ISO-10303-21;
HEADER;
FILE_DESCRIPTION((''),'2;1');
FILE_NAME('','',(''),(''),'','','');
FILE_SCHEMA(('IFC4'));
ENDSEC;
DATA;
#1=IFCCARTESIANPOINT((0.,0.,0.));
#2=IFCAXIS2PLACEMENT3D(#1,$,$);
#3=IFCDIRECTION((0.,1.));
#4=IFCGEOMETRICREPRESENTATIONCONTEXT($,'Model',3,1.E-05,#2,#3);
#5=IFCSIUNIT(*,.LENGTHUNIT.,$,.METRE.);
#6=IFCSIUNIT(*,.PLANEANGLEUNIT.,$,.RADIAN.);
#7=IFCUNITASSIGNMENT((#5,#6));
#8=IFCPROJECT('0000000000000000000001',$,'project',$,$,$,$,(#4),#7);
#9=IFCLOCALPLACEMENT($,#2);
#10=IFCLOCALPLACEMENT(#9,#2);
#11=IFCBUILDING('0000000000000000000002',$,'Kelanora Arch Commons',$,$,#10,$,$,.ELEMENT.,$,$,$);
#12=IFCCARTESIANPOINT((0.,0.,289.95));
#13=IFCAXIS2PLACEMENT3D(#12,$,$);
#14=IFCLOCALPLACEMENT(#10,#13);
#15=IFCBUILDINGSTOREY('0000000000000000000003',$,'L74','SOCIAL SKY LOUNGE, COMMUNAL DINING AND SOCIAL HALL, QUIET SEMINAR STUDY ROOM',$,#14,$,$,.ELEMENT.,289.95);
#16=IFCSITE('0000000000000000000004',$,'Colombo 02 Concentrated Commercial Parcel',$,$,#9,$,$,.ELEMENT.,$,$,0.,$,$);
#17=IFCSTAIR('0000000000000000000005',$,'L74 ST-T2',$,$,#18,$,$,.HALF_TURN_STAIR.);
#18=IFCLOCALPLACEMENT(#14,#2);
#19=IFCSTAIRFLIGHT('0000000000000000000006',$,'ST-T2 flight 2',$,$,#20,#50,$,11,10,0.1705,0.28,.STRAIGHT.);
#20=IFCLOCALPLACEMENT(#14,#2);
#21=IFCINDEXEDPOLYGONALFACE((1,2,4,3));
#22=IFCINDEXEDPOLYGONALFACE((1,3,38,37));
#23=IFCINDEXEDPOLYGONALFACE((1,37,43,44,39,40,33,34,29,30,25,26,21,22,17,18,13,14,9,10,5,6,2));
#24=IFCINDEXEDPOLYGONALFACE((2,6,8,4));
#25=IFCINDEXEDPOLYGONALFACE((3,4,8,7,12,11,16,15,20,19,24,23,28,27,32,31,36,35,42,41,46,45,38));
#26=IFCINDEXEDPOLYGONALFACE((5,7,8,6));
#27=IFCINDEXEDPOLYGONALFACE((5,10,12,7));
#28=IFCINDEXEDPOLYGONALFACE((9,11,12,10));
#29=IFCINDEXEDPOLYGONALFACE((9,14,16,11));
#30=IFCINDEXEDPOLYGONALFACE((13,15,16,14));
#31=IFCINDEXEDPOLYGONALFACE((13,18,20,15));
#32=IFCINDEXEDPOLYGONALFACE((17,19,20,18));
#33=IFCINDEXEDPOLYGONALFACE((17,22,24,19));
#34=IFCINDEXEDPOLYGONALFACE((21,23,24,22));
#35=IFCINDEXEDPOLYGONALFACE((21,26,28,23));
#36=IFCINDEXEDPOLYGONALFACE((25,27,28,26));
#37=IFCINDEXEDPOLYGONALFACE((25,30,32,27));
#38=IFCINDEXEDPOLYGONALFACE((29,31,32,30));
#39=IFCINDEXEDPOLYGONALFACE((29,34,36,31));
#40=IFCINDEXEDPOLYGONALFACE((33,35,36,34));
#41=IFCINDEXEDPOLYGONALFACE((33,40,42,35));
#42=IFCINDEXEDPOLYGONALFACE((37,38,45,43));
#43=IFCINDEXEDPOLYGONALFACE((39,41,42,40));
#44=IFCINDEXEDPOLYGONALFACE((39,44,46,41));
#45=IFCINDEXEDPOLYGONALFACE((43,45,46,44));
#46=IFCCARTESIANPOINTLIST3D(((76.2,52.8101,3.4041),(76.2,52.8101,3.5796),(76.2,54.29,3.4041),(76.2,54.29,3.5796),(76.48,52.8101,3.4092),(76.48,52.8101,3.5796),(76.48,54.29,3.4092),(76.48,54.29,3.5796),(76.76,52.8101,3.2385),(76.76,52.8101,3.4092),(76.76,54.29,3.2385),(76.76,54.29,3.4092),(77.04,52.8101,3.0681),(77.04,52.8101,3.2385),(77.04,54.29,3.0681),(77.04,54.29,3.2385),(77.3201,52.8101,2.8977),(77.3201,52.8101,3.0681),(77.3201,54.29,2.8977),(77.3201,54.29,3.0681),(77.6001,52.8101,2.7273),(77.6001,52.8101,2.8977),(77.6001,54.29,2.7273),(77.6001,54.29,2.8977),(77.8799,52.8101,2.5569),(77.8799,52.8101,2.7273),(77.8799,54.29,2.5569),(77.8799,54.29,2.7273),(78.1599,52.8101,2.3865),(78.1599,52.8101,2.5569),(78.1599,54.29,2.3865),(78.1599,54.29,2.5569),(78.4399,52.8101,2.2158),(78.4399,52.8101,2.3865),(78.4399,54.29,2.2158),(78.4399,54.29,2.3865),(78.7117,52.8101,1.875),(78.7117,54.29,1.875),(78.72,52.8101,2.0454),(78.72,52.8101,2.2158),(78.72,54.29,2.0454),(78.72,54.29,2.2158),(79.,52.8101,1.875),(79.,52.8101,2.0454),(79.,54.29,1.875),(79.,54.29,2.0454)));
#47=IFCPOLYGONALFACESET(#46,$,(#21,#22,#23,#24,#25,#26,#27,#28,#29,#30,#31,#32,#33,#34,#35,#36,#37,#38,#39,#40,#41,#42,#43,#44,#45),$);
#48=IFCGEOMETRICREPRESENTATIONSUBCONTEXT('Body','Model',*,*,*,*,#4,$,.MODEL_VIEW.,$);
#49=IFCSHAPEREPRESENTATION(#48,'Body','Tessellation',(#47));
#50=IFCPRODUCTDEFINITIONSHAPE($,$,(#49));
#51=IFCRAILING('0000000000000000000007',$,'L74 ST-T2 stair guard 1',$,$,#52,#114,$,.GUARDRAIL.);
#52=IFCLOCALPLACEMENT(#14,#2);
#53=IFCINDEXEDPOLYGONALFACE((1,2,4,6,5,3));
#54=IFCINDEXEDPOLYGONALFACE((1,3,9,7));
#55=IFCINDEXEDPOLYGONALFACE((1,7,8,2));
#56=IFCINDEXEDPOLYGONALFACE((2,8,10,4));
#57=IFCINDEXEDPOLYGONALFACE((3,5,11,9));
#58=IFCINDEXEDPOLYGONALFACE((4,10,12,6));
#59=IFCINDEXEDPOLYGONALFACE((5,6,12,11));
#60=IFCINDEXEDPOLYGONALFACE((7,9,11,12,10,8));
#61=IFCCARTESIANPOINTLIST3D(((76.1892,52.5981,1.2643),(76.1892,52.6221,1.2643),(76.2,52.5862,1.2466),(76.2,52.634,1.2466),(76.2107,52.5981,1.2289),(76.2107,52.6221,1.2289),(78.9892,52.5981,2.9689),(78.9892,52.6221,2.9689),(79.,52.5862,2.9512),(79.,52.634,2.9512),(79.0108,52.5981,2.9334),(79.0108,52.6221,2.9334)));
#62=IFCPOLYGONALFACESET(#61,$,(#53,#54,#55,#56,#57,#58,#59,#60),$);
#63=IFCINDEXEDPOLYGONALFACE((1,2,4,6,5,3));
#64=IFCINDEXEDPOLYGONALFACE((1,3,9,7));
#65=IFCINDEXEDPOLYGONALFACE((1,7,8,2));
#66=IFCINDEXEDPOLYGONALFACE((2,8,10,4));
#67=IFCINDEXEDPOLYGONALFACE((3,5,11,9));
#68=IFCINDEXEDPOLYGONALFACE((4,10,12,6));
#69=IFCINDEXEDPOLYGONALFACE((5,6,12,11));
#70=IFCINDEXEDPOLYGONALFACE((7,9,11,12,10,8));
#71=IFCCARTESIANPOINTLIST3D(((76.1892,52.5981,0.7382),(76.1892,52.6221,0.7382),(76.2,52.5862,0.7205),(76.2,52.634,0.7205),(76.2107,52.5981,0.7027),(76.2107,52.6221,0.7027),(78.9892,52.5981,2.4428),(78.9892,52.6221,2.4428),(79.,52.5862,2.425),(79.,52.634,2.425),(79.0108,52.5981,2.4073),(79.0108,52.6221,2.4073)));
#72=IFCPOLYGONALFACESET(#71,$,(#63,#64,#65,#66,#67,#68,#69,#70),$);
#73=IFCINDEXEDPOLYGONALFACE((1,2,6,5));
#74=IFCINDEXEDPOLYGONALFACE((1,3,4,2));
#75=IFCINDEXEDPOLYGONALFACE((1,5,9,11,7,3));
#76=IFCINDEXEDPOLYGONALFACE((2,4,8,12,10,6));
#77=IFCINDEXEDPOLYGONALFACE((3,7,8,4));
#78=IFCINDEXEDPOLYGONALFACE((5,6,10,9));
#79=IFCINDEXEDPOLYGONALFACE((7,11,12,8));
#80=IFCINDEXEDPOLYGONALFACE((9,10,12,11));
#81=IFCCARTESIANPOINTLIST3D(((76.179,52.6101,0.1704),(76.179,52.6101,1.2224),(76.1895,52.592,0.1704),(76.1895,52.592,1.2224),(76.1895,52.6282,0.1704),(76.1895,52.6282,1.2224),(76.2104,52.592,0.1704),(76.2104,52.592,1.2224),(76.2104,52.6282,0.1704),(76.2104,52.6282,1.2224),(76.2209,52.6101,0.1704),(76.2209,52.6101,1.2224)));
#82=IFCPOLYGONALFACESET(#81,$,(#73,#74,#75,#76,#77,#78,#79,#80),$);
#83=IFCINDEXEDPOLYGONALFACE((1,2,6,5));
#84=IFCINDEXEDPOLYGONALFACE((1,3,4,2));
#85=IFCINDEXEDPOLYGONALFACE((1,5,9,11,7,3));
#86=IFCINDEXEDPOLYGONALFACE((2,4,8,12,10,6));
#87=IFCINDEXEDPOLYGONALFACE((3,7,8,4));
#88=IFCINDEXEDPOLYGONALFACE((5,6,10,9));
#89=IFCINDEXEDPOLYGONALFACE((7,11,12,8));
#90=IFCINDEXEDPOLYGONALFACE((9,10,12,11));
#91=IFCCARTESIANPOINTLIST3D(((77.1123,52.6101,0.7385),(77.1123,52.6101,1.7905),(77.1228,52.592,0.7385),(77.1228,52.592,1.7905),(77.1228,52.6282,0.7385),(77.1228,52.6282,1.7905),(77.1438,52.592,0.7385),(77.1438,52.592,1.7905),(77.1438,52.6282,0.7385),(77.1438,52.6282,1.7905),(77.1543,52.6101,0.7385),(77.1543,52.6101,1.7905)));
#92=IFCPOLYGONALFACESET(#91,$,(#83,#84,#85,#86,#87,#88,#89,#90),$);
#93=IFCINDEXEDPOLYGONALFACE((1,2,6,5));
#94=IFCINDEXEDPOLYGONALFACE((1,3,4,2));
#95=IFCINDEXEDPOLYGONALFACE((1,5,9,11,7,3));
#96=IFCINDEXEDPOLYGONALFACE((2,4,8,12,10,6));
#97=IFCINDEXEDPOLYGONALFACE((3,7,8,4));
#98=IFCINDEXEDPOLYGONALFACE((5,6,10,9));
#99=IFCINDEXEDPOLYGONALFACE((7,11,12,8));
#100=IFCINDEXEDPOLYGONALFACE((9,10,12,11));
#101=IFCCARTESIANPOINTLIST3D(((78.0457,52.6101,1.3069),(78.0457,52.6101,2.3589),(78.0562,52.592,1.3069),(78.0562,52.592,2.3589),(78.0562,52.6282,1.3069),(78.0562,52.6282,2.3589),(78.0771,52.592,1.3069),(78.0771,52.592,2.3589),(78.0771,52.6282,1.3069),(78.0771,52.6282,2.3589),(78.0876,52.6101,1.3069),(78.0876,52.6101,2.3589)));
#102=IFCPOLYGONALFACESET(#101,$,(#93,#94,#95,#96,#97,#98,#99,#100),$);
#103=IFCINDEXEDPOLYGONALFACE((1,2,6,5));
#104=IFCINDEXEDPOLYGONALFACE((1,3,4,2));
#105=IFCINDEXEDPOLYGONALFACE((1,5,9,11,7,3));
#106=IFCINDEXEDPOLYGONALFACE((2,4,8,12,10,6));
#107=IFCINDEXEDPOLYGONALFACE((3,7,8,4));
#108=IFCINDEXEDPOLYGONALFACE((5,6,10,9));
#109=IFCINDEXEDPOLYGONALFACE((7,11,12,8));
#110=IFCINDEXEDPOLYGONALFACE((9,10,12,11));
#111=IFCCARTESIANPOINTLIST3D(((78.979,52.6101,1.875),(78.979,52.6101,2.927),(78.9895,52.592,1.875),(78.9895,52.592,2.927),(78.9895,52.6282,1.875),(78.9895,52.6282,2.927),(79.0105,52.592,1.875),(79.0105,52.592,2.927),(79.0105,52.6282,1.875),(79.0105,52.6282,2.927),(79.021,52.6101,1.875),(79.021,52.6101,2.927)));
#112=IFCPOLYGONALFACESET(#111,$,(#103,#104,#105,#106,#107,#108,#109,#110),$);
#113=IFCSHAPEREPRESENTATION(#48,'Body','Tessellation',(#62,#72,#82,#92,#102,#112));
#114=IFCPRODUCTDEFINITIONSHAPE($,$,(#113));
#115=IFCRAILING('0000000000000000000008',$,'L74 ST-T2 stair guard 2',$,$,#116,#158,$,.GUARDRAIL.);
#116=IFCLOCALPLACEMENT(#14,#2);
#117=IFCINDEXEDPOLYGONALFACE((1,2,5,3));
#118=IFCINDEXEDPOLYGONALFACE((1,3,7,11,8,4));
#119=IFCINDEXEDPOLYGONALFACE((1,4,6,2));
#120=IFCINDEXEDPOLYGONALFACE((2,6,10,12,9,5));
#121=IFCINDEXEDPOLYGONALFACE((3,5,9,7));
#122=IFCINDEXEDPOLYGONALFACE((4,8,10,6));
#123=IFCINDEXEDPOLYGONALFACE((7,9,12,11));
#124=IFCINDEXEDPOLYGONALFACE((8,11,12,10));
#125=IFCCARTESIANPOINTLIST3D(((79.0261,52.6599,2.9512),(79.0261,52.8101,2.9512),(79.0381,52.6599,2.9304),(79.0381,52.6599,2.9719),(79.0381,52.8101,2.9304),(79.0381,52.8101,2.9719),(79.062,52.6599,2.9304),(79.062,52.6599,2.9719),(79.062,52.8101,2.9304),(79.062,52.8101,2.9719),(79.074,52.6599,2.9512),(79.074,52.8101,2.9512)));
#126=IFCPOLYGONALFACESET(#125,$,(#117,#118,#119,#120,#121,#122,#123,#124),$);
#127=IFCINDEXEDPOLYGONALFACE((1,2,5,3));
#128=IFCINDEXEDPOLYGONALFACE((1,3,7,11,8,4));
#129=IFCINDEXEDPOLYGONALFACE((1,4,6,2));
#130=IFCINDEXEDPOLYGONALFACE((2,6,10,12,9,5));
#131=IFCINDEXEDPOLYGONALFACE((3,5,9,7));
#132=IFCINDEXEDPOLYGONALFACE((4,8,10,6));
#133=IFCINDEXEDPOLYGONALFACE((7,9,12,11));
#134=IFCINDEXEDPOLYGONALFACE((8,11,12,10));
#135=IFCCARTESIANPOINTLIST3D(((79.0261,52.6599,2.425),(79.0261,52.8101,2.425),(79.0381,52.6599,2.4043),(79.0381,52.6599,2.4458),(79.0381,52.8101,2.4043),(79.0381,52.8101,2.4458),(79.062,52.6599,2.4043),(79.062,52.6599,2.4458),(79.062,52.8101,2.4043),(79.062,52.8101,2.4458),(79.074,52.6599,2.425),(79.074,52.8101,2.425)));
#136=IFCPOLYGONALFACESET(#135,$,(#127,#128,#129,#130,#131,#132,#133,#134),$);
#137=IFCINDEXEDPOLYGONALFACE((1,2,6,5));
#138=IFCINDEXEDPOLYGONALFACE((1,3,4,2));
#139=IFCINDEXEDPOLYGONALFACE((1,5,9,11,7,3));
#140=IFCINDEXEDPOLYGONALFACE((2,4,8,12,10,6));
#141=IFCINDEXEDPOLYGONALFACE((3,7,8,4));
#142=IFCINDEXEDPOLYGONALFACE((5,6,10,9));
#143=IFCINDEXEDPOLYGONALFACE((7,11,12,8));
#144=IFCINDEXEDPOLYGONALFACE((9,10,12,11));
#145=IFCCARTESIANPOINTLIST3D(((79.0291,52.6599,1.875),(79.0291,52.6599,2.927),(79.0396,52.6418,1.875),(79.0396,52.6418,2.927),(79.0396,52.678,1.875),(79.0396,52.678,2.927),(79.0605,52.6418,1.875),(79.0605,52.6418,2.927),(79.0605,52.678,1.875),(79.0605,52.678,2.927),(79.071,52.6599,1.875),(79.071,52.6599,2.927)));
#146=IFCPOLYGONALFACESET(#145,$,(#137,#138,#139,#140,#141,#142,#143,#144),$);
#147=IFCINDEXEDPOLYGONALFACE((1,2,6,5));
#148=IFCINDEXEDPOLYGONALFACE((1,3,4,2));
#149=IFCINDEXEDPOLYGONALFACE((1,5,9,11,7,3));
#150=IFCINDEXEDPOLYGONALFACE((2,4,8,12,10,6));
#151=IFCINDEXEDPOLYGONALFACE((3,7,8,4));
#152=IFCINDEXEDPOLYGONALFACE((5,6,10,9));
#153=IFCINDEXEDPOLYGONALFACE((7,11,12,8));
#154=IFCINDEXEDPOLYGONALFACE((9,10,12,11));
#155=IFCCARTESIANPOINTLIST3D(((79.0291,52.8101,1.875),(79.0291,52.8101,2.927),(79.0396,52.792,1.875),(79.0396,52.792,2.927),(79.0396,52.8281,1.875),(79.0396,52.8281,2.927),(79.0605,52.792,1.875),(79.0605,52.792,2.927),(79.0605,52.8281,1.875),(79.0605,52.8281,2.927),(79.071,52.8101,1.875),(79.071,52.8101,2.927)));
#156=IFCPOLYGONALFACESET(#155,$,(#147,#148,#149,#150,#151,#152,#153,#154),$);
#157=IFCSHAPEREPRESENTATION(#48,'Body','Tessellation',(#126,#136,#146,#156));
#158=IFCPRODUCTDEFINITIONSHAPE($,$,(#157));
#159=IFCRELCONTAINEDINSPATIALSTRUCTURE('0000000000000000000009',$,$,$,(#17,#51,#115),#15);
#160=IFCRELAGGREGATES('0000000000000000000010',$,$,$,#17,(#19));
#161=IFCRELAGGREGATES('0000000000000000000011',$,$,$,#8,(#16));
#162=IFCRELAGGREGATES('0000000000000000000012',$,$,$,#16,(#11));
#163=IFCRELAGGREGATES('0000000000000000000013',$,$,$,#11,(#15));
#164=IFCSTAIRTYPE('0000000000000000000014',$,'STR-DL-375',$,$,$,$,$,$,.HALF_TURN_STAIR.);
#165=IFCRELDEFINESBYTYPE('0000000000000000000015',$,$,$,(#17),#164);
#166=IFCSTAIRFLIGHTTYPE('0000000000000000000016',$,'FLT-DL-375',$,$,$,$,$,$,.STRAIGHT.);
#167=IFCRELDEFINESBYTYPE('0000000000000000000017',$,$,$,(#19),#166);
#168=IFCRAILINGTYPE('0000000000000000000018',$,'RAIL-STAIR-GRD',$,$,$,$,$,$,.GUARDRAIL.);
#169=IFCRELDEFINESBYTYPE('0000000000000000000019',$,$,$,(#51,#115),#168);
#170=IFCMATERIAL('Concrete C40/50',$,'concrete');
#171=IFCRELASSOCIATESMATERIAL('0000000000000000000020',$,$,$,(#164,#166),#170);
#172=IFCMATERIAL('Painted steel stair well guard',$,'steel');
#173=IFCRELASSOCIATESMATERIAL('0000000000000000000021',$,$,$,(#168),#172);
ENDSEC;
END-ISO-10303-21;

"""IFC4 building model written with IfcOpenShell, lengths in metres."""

from ifc_helpers import new_model, si_unit, direction, frame, origin, place, context, subcontext, project, spatial, polyline, outline, extrude, material, type_object, element, aggregate, save


model = new_model("IFC4")

# Units and contexts
model_context = context("Model", 3, precision=1e-05, world=origin(), true_north=direction((0.0, 1.0)))
body_context = subcontext(model_context, "Body", "Model", "MODEL_VIEW")
ifc_project = project(units=[si_unit("LENGTHUNIT", "METRE"), si_unit("PLANEANGLEUNIT", "RADIAN")], contexts=[model_context])

# Site, building, storey
site_placement = place(None, origin())
site = spatial("IfcSite", under=ifc_project, at=site_placement, Name="Colombo 02 Concentrated Commercial Parcel", CompositionType="ELEMENT", RefElevation=0.0)
building_placement = place(site_placement, origin())
building = spatial("IfcBuilding", under=site, at=building_placement, Name="Kelanora Arch Commons", CompositionType="ELEMENT")
storey_placement = place(building_placement, frame((0.0, 0.0, 289.95)))
storey = spatial("IfcBuildingStorey", under=building, at=storey_placement, Name="L74", Description="SOCIAL SKY LOUNGE, COMMUNAL DINING AND SOCIAL HALL, QUIET SEMINAR STUDY ROOM", CompositionType="ELEMENT", Elevation=289.95)

# Shared definitions
ifc_material_1 = material(Name="Concrete C40/50", Category="concrete")

# Stair, stair flight
stair_type = type_object("IfcStairType", Name="STR-DL-375", PredefinedType="HALF_TURN_STAIR", material=ifc_material_1)
stair_placement = place(storey_placement, origin())
stair = element("IfcStair", 1, at=stair_placement, inside=storey, type_object=stair_type, Name="L74 ST-T2", PredefinedType="HALF_TURN_STAIR")
stair_flight_type = type_object("IfcStairFlightType", Name="FLT-DL-375", PredefinedType="STRAIGHT", material=ifc_material_1)
stair_flight_1_placement = place(storey_placement, frame((79.0, 53.55, 1.875), z_axis=(0.0, 0.0, 1.0), x_axis=(-1.0, 0.0, 0.0)))
stair_flight_1 = element("IfcStairFlight", 2, at=stair_flight_1_placement, type_object=stair_flight_type, Name="ST-T2 flight 2", NumberOfRisers=11, NumberOfTreads=10, PredefinedType="STRAIGHT", RiserHeight=0.1705, TreadLength=0.28, context=body_context, shape_type="SweptSolid", body=[
    extrude(outline(polyline([(0.0, 0.0), (0.0, 0.1704), (0.28, 0.1704), (0.28, 0.3408), (0.5601, 0.3408), (0.5601, 0.5115), (0.8401, 0.5115), (0.8401, 0.6819), (1.1201, 0.6819), (1.1201, 0.8523), (1.3999, 0.8523), (1.3999, 1.0227), (1.6799, 1.0227), (1.6799, 1.1931), (1.96, 1.1931), (1.96, 1.3635), (2.24, 1.3635), (2.24, 1.5342), (2.52, 1.5342), (2.52, 1.7046), (2.8, 1.7046), (2.8, 1.875), (2.8, 1.5291), (0.2883, 0.0), (0.0, 0.0)])), frame((0.0, 0.74, 0.0), z_axis=(0.0, -1.0, 0.0), x_axis=(1.0, 0.0, 0.0)), (0.0, 0.0, 1.0), 1.48),
])
aggregate(stair, [stair_flight_1])

# Railings
ifc_material_2 = material(Name="Painted steel stair well guard", Category="steel")
railing_type_1 = type_object("IfcRailingType", Name="RAIL-STAIR-GRD", PredefinedType="GUARDRAIL", material=ifc_material_2)
railing_1_placement = place(storey_placement, frame((76.2, 52.6101, 0.1704)))
element("IfcRailing", 3, at=railing_1_placement, inside=storey, type_object=railing_type_1, Name="L74 ST-T2 stair guard 1", PredefinedType="GUARDRAIL", context=body_context, shape_type="SweptSolid", body=[
    extrude(outline(polyline([(0.0239, 0.0), (0.012, 0.0208), (-0.012, 0.0208), (-0.0239, 0.0), (-0.012, -0.0208), (0.012, -0.0208), (0.0239, 0.0)])), frame((0.0, 0.0, 1.0762), z_axis=(0.85417, 0.0, 0.519994), x_axis=(0.0, 1.0, 0.0)), (0.0, 0.0, 1.0), 3.2781),
    extrude(outline(polyline([(0.0239, 0.0), (0.012, 0.0208), (-0.012, 0.0208), (-0.0239, 0.0), (-0.012, -0.0208), (0.012, -0.0208), (0.0239, 0.0)])), frame((0.0, 0.0, 0.55), z_axis=(0.85417, 0.0, 0.519994), x_axis=(0.0, 1.0, 0.0)), (0.0, 0.0, 1.0), 3.2781),
    extrude(outline(polyline([(0.021, 0.0), (0.0105, 0.0181), (-0.0105, 0.0181), (-0.021, 0.0), (-0.0105, -0.0181), (0.0105, -0.0181), (0.021, 0.0)])), origin(), (0.0, 0.0, 1.0), 1.052),
    extrude(outline(polyline([(0.021, 0.0), (0.0105, 0.0181), (-0.0105, 0.0181), (-0.021, 0.0), (-0.0105, -0.0181), (0.0105, -0.0181), (0.021, 0.0)])), frame((0.9333, 0.0, 0.5681)), (0.0, 0.0, 1.0), 1.052),
    extrude(outline(polyline([(0.021, 0.0), (0.0105, 0.0181), (-0.0105, 0.0181), (-0.021, 0.0), (-0.0105, -0.0181), (0.0105, -0.0181), (0.021, 0.0)])), frame((1.8667, 0.0, 1.1365)), (0.0, 0.0, 1.0), 1.052),
    extrude(outline(polyline([(0.021, 0.0), (0.0105, 0.0181), (-0.0105, 0.0181), (-0.021, 0.0), (-0.0105, -0.0181), (0.0105, -0.0181), (0.021, 0.0)])), frame((2.8, 0.0, 1.7046)), (0.0, 0.0, 1.0), 1.052),
])
railing_2_placement = place(storey_placement, frame((79.05, 52.6599, 1.875)))
element("IfcRailing", 4, at=railing_2_placement, inside=storey, type_object=railing_type_1, Name="L74 ST-T2 stair guard 2", PredefinedType="GUARDRAIL", context=body_context, shape_type="SweptSolid", body=[
    extrude(outline(polyline([(0.0239, 0.0), (0.012, 0.0208), (-0.012, 0.0208), (-0.0239, 0.0), (-0.012, -0.0208), (0.012, -0.0208), (0.0239, 0.0)])), frame((0.0, 0.0, 1.0762), z_axis=(0.0, 1.0, 0.0), x_axis=(-1.0, 0.0, 0.0)), (0.0, 0.0, 1.0), 0.1501),
    extrude(outline(polyline([(0.0239, 0.0), (0.012, 0.0208), (-0.012, 0.0208), (-0.0239, 0.0), (-0.012, -0.0208), (0.012, -0.0208), (0.0239, 0.0)])), frame((0.0, 0.0, 0.55), z_axis=(0.0, 1.0, 0.0), x_axis=(-1.0, 0.0, 0.0)), (0.0, 0.0, 1.0), 0.1501),
    extrude(outline(polyline([(0.021, 0.0), (0.0105, 0.0181), (-0.0105, 0.0181), (-0.021, 0.0), (-0.0105, -0.0181), (0.0105, -0.0181), (0.021, 0.0)])), origin(), (0.0, 0.0, 1.0), 1.052),
    extrude(outline(polyline([(0.021, 0.0), (0.0105, 0.0181), (-0.0105, 0.0181), (-0.021, 0.0), (-0.0105, -0.0181), (0.0105, -0.0181), (0.021, 0.0)])), frame((0.0, 0.1501, 0.0)), (0.0, 0.0, 1.0), 1.052),
])

save(model, "model.ifc")
